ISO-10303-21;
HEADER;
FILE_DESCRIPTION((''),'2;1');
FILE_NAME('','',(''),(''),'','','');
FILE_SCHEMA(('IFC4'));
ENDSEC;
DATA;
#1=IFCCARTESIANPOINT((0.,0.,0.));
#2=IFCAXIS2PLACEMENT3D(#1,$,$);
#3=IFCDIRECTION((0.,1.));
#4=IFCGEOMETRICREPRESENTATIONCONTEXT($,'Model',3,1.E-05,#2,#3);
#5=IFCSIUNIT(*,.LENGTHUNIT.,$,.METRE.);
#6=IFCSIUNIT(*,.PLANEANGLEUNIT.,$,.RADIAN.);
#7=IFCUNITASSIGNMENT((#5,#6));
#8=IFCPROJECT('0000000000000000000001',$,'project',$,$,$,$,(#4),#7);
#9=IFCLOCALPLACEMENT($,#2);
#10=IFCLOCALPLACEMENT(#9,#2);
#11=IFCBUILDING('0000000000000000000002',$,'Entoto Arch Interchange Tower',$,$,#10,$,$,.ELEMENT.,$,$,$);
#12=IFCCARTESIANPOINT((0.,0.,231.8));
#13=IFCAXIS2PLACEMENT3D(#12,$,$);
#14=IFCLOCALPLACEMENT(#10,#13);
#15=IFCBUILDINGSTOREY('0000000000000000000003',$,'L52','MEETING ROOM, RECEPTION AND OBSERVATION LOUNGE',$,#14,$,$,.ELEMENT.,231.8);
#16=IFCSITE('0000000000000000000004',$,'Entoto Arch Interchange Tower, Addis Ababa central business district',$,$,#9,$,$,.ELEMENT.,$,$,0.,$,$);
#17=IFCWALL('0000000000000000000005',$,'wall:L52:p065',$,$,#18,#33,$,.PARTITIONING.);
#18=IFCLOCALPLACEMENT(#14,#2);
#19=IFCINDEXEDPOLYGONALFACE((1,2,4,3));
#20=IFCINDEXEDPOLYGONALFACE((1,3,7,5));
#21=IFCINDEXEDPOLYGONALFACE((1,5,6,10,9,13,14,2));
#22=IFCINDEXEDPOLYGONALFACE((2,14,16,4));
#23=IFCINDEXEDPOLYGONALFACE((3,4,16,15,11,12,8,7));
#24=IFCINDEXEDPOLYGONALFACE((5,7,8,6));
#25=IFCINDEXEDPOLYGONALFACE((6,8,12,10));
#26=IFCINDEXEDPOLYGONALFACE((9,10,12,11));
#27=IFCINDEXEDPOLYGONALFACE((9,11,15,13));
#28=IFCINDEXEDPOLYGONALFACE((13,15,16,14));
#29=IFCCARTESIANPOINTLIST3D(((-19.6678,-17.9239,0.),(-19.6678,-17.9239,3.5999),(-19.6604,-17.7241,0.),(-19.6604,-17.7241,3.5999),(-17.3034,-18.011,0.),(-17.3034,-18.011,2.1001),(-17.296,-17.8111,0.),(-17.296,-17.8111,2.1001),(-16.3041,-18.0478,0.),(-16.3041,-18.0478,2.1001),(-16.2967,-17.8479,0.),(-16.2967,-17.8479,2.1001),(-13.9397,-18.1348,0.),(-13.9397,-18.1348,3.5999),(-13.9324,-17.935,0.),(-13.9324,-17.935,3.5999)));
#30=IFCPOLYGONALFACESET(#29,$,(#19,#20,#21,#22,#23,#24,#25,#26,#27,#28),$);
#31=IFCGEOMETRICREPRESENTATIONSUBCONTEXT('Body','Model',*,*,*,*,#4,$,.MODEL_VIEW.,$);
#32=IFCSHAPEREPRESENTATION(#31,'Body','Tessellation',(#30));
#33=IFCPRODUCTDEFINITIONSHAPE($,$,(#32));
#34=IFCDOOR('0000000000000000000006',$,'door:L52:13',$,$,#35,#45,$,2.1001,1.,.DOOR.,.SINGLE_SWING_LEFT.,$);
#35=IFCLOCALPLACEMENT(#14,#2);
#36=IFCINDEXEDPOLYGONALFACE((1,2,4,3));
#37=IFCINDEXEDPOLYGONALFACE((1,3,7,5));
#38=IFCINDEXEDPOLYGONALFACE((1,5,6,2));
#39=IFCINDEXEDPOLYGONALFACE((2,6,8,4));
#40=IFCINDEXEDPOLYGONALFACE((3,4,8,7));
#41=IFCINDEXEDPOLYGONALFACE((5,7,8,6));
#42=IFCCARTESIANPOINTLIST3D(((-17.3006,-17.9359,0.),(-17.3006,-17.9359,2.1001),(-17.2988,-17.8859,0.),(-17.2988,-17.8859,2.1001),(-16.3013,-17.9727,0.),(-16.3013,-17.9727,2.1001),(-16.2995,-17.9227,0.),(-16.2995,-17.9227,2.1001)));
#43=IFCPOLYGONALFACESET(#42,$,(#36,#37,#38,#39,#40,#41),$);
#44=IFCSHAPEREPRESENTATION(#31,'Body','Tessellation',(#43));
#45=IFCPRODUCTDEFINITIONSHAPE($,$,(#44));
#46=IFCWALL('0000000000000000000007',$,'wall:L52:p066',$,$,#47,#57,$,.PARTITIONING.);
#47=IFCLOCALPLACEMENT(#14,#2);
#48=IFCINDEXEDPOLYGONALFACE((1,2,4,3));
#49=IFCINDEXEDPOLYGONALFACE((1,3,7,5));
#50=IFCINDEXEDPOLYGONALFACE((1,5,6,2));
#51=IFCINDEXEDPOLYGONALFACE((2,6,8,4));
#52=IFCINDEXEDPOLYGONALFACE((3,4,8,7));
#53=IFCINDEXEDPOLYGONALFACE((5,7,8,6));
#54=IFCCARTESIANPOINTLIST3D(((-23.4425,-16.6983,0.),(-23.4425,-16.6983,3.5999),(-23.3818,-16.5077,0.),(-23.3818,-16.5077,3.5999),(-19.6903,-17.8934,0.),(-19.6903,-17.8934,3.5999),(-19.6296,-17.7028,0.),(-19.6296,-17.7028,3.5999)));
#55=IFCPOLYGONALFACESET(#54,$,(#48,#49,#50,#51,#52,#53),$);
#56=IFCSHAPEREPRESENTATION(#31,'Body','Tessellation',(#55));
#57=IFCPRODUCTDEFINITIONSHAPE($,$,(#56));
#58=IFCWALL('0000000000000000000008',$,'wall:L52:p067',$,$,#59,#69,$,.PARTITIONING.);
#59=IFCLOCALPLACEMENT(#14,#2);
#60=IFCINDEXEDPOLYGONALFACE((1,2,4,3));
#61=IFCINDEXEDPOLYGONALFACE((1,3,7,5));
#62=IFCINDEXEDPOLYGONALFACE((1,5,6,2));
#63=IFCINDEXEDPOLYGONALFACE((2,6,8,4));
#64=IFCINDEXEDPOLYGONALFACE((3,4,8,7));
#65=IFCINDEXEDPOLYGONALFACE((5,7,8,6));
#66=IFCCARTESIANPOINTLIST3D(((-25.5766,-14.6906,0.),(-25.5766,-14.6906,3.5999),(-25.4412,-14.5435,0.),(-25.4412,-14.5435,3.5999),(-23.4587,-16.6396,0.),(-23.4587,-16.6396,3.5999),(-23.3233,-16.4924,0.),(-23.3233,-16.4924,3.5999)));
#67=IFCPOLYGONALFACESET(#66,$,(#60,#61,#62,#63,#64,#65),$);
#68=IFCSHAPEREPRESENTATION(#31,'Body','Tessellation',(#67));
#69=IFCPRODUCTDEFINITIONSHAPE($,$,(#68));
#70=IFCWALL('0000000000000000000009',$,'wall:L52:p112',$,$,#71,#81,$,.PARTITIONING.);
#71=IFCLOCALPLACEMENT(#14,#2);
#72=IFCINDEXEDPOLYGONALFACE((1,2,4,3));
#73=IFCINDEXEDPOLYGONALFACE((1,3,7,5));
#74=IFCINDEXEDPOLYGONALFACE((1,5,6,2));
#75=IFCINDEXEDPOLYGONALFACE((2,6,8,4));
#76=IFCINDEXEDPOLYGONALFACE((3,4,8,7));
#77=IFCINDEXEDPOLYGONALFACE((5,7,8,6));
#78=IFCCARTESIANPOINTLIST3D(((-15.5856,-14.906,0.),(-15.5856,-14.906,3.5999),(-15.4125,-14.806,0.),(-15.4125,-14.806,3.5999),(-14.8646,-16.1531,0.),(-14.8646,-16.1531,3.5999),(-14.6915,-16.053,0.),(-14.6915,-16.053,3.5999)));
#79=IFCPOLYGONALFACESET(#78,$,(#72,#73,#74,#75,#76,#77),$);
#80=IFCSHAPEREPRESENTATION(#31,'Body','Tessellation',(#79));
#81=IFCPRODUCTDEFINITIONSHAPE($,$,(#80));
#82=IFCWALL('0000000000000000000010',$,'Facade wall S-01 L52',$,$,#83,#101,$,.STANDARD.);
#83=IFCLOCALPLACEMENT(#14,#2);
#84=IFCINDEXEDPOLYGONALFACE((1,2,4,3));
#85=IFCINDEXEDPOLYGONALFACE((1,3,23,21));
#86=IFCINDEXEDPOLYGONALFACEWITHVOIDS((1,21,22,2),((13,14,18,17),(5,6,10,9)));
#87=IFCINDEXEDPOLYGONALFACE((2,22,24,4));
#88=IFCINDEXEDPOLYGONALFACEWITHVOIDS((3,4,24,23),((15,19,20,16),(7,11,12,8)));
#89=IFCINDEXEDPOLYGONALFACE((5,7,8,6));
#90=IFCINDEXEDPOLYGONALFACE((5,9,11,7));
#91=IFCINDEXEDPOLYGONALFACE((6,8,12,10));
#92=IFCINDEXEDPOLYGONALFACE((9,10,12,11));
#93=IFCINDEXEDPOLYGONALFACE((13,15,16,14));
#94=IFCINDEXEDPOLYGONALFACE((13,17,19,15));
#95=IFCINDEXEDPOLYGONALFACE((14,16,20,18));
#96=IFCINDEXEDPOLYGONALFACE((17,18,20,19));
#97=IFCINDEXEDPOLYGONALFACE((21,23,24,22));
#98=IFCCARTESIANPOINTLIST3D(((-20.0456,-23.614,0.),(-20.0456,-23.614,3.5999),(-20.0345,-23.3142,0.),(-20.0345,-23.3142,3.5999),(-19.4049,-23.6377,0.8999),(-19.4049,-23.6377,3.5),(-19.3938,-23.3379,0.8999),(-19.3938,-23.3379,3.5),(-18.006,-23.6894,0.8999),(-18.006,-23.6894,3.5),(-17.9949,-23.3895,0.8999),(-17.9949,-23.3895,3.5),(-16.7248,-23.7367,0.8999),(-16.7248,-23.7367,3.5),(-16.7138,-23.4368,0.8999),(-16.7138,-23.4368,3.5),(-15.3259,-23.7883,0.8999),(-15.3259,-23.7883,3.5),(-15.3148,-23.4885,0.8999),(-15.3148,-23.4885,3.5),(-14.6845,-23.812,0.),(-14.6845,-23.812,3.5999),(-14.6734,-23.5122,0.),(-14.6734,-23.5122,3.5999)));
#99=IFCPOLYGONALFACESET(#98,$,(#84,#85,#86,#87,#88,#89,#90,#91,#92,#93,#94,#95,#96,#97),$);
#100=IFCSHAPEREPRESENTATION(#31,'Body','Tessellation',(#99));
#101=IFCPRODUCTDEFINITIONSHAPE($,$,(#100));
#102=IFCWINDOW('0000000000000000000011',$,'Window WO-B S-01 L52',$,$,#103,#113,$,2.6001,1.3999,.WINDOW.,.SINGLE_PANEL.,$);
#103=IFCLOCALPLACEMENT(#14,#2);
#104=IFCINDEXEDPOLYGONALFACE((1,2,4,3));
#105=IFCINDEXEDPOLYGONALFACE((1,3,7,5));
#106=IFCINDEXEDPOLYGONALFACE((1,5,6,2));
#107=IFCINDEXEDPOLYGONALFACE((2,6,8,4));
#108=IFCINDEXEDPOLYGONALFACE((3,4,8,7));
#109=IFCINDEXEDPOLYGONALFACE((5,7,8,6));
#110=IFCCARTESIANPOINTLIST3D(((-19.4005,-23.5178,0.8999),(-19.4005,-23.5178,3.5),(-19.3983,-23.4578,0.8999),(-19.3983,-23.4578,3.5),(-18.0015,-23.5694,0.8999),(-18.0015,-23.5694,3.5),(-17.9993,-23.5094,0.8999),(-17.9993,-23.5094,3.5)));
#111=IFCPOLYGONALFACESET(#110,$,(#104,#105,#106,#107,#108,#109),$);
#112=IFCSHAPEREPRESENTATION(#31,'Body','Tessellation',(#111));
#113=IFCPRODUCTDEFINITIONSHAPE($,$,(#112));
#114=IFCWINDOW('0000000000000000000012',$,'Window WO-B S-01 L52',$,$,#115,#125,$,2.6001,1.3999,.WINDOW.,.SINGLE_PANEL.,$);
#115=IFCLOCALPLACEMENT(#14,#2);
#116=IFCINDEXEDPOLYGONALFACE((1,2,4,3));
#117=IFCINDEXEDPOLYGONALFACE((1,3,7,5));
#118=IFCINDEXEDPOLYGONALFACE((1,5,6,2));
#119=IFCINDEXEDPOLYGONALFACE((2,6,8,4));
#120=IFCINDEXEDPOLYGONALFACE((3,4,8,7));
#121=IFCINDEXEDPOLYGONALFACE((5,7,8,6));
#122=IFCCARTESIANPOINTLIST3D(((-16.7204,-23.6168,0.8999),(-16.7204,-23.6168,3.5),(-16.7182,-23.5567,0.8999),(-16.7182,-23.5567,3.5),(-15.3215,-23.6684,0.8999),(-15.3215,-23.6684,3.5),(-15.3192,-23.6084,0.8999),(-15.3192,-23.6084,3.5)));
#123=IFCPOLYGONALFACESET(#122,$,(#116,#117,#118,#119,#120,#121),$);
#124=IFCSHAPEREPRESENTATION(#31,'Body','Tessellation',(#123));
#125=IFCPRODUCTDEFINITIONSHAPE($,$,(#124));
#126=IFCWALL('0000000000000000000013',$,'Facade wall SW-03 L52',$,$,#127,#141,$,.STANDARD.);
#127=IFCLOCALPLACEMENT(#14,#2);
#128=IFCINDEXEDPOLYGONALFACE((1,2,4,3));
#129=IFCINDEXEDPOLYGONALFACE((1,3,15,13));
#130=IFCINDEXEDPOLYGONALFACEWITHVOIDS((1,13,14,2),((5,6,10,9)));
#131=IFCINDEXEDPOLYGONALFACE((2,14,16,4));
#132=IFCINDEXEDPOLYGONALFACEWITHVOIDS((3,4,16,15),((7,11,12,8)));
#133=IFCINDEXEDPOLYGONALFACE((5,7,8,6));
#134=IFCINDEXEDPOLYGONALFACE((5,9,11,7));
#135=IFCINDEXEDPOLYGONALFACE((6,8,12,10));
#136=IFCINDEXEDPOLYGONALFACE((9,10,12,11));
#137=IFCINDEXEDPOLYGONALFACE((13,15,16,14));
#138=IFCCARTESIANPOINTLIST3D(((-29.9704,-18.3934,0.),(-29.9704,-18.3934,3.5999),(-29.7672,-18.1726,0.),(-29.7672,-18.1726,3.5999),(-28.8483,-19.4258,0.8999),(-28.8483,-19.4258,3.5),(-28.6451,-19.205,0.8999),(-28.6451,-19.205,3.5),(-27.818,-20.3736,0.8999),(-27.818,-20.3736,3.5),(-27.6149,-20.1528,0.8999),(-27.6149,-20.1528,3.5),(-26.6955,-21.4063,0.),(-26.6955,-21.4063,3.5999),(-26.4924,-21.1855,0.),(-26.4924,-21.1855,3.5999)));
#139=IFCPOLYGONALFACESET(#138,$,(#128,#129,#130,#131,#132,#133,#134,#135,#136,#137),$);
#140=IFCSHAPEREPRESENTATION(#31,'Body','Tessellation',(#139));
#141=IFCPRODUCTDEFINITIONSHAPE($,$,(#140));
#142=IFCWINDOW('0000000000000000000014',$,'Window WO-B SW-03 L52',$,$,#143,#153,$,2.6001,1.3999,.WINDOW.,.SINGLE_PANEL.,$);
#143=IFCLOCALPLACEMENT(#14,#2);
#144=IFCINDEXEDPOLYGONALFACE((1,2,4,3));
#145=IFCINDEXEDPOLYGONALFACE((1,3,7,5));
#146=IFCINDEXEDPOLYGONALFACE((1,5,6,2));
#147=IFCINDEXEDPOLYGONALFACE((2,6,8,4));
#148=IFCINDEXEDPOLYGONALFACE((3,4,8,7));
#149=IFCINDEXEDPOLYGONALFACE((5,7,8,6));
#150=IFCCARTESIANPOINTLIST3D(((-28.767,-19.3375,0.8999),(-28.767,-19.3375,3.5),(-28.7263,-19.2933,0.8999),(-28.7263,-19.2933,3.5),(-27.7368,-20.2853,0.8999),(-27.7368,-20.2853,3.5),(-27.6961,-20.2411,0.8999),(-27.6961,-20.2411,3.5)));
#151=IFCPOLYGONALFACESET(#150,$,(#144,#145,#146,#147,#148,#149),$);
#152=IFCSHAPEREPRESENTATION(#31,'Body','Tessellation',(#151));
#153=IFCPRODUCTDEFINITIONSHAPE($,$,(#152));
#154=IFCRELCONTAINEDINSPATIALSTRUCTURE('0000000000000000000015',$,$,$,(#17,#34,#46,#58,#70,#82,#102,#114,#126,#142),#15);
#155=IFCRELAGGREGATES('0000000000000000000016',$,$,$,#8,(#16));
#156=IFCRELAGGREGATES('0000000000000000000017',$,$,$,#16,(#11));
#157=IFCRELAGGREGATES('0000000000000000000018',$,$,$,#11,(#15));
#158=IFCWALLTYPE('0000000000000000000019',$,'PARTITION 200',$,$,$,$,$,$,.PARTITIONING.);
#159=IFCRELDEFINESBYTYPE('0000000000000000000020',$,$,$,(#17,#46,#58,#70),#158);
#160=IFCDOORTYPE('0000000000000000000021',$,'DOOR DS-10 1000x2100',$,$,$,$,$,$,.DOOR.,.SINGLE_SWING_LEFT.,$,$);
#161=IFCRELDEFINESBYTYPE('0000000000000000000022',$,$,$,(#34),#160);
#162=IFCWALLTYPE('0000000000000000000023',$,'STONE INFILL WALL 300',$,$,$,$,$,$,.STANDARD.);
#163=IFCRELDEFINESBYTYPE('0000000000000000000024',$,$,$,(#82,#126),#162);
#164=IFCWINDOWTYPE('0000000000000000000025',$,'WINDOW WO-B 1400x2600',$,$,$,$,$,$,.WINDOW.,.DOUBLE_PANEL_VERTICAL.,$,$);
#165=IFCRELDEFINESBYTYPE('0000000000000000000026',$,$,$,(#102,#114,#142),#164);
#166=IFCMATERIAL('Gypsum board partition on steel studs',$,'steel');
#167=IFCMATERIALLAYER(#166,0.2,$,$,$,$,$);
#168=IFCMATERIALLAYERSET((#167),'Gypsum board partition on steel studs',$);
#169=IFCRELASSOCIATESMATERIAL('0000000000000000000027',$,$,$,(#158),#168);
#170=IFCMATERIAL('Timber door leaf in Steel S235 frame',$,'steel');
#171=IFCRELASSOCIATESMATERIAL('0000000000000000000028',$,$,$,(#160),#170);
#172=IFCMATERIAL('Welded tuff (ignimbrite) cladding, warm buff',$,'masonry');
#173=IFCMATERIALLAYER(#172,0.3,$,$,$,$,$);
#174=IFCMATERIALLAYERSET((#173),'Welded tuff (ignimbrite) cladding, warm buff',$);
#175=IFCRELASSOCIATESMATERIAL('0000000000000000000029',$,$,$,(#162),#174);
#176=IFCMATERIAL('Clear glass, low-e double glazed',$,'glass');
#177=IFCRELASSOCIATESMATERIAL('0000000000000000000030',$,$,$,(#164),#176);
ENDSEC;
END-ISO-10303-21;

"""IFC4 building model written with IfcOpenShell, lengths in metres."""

from ifc_helpers import new_model, si_unit, direction, frame, frame_2d, origin, place, context, subcontext, project, spatial, rectangle, extrude, material, layer, layer_set, type_object, element, fill, save


model = new_model("IFC4")

# Units and contexts
model_context = context("Model", 3, precision=1e-05, world=origin(), true_north=direction((0.0, 1.0)))
body_context = subcontext(model_context, "Body", "Model", "MODEL_VIEW")
ifc_project = project(units=[si_unit("LENGTHUNIT", "METRE"), si_unit("PLANEANGLEUNIT", "RADIAN")], contexts=[model_context])

# Site, building, storey
site_placement = place(None, origin())
site = spatial("IfcSite", under=ifc_project, at=site_placement, Name="Entoto Arch Interchange Tower, Addis Ababa central business district", CompositionType="ELEMENT", RefElevation=0.0)
building_placement = place(site_placement, origin())
building = spatial("IfcBuilding", under=site, at=building_placement, Name="Entoto Arch Interchange Tower", CompositionType="ELEMENT")
storey_placement = place(building_placement, frame((0.0, 0.0, 231.8)))
storey = spatial("IfcBuildingStorey", under=building, at=storey_placement, Name="L52", Description="MEETING ROOM, RECEPTION AND OBSERVATION LOUNGE", CompositionType="ELEMENT", Elevation=231.8)

# Shared definitions
ifc_material_1 = material(Name="Gypsum board partition on steel studs", Category="steel")
ifc_layer_1 = layer(ifc_material_1, 0.2)
ifc_layer_set_1 = layer_set([ifc_layer_1], Name="Gypsum board partition on steel studs")
wall_type_1 = type_object("IfcWallType", Name="PARTITION 200", PredefinedType="PARTITIONING", material=ifc_layer_set_1)

# Wall, opening, door
ifc_material_2 = material(Name="Timber door leaf in Steel S235 frame", Category="steel")
door_type = type_object("IfcDoorType", Name="DOOR DS-10 1000x2100", OperationType="SINGLE_SWING_LEFT", PredefinedType="DOOR", material=ifc_material_2)
wall_1_placement = place(storey_placement, frame((-13.936, -18.0349, 0.0), z_axis=(0.0, 0.0, 1.0), x_axis=(-0.999323, 0.036801, 0.0)))
wall_1 = element("IfcWall", 1, at=wall_1_placement, inside=storey, type_object=wall_type_1, Name="wall:L52:p065", PredefinedType="PARTITIONING", context=body_context, shape_type="SweptSolid", body=[
    extrude(rectangle(XDim=5.7319, YDim=0.2, at=frame_2d((2.866, 0.0))), origin(), (0.0, 0.0, 1.0), 3.5999),
])
opening_1_placement = place(wall_1_placement, frame((2.366, 0.0, 0.0)))
opening_1 = element("IfcOpeningElement", 2, at=opening_1_placement, cuts=wall_1, PredefinedType="OPENING", context=body_context, shape_type="SweptSolid", body=[
    extrude(rectangle(XDim=1.0, YDim=2.1001, at=frame_2d((0.5, 1.05))), frame((0.0, 0.1099, 0.0), z_axis=(0.0, -1.0, 0.0), x_axis=(1.0, 0.0, 0.0)), (0.0, 0.0, 1.0), 0.22),
])
door_1_placement = place(opening_1_placement, origin())
door_1 = element("IfcDoor", 3, at=door_1_placement, inside=storey, type_object=door_type, Name="door:L52:13", OperationType="SINGLE_SWING_LEFT", OverallHeight=2.1001, OverallWidth=1.0, PredefinedType="DOOR", context=body_context, shape_type="SweptSolid", body=[
    extrude(rectangle(XDim=1.0, YDim=2.1001, at=frame_2d((0.5, 1.05))), frame((0.0, 0.0249, 0.0), z_axis=(0.0, -1.0, 0.0), x_axis=(1.0, 0.0, 0.0)), (0.0, 0.0, 1.0), 0.05),
])
fill(opening_1, door_1)

# Walls
wall_2_placement = place(storey_placement, frame((-19.6599, -17.7981, 0.0), z_axis=(0.0, 0.0, 1.0), x_axis=(-0.952839, 0.303477, 0.0)))
element("IfcWall", 4, at=wall_2_placement, inside=storey, type_object=wall_type_1, Name="wall:L52:p066", PredefinedType="PARTITIONING", context=body_context, shape_type="SweptSolid", body=[
    extrude(rectangle(XDim=3.938, YDim=0.2, at=frame_2d((1.969, 0.0))), origin(), (0.0, 0.0, 1.0), 3.5999),
])
wall_3_placement = place(storey_placement, frame((-23.3911, -16.5659, 0.0), z_axis=(0.0, 0.0, 1.0), x_axis=(-0.735846, 0.677148, 0.0)))
element("IfcWall", 5, at=wall_3_placement, inside=storey, type_object=wall_type_1, Name="wall:L52:p067", PredefinedType="PARTITIONING", context=body_context, shape_type="SweptSolid", body=[
    extrude(rectangle(XDim=2.8782, YDim=0.2, at=frame_2d((1.439, 0.0))), origin(), (0.0, 0.0, 1.0), 3.5999),
])
wall_4_placement = place(storey_placement, frame((-14.7781, -16.103, 0.0), z_axis=(0.0, 0.0, 1.0), x_axis=(-0.500495, 0.865739, 0.0)))
element("IfcWall", 6, at=wall_4_placement, inside=storey, type_object=wall_type_1, Name="wall:L52:p112", PredefinedType="PARTITIONING", context=body_context, shape_type="SweptSolid", body=[
    extrude(rectangle(XDim=1.4404, YDim=0.2, at=frame_2d((0.7202, 0.0))), origin(), (0.0, 0.0, 1.0), 3.5999),
])

# Wall, openings, windows
ifc_material_3 = material(Name="Welded tuff (ignimbrite) cladding, warm buff", Category="masonry")
ifc_layer_2 = layer(ifc_material_3, 0.3)
ifc_layer_set_2 = layer_set([ifc_layer_2], Name="Welded tuff (ignimbrite) cladding, warm buff")
wall_type_2 = type_object("IfcWallType", Name="STONE INFILL WALL 300", PredefinedType="STANDARD", material=ifc_layer_set_2)
wall_5_placement = place(storey_placement, frame((-20.04, -23.4641, 0.0), z_axis=(0.0, 0.0, 1.0), x_axis=(0.999319, -0.036907, 0.0)))
wall_5 = element("IfcWall", 7, at=wall_5_placement, inside=storey, type_object=wall_type_2, Name="Facade wall S-01 L52", PredefinedType="STANDARD", context=body_context, shape_type="SweptSolid", body=[
    extrude(rectangle(XDim=5.3647, YDim=0.3, at=frame_2d((2.6824, 0.0))), origin(), (0.0, 0.0, 1.0), 3.5999),
])
opening_2_placement = place(wall_5_placement, frame((0.6411, 0.0, 0.8999)))
opening_2 = element("IfcOpeningElement", 8, at=opening_2_placement, cuts=wall_5, PredefinedType="OPENING", context=body_context, shape_type="SweptSolid", body=[
    extrude(rectangle(XDim=1.3999, YDim=2.6001, at=frame_2d((0.7, 1.3))), frame((0.0, 0.1602, 0.0), z_axis=(0.0, -1.0, 0.0), x_axis=(1.0, 0.0, 0.0)), (0.0, 0.0, 1.0), 0.3201),
])
opening_3_placement = place(wall_5_placement, frame((3.323, 0.0, 0.8999)))
opening_3 = element("IfcOpeningElement", 9, at=opening_3_placement, cuts=wall_5, PredefinedType="OPENING", context=body_context, shape_type="SweptSolid", body=[
    extrude(rectangle(XDim=1.3999, YDim=2.6001, at=frame_2d((0.7, 1.3))), frame((0.0, 0.1602, 0.0), z_axis=(0.0, -1.0, 0.0), x_axis=(1.0, 0.0, 0.0)), (0.0, 0.0, 1.0), 0.3201),
])
ifc_material_4 = material(Name="Clear glass, low-e double glazed", Category="glass")
window_type = type_object("IfcWindowType", Name="WINDOW WO-B 1400x2600", PartitioningType="DOUBLE_PANEL_VERTICAL", PredefinedType="WINDOW", material=ifc_material_4)
window_1_placement = place(opening_2_placement, origin())
window_1 = element("IfcWindow", 10, at=window_1_placement, inside=storey, type_object=window_type, Name="Window WO-B S-01 L52", OverallHeight=2.6001, OverallWidth=1.3999, PartitioningType="SINGLE_PANEL", PredefinedType="WINDOW", context=body_context, shape_type="SweptSolid", body=[
    extrude(rectangle(XDim=1.3999, YDim=2.6001, at=frame_2d((0.7, 1.3))), frame((0.0, 0.03, 0.0), z_axis=(0.0, -1.0, 0.0), x_axis=(1.0, 0.0, 0.0)), (0.0, 0.0, 1.0), 0.0601),
])
fill(opening_2, window_1)
window_2_placement = place(opening_3_placement, origin())
window_2 = element("IfcWindow", 11, at=window_2_placement, inside=storey, type_object=window_type, Name="Window WO-B S-01 L52", OverallHeight=2.6001, OverallWidth=1.3999, PartitioningType="SINGLE_PANEL", PredefinedType="WINDOW", context=body_context, shape_type="SweptSolid", body=[
    extrude(rectangle(XDim=1.3999, YDim=2.6001, at=frame_2d((0.7, 1.3))), frame((0.0, 0.03, 0.0), z_axis=(0.0, -1.0, 0.0), x_axis=(1.0, 0.0, 0.0)), (0.0, 0.0, 1.0), 0.0601),
])
fill(opening_3, window_2)

# Wall, opening, window
wall_6_placement = place(storey_placement, frame((-29.8689, -18.283, 0.0), z_axis=(0.0, 0.0, 1.0), x_axis=(0.735928, -0.67706, 0.0)))
wall_6 = element("IfcWall", 12, at=wall_6_placement, inside=storey, type_object=wall_type_2, Name="Facade wall SW-03 L52", PredefinedType="STANDARD", context=body_context, shape_type="SweptSolid", body=[
    extrude(rectangle(XDim=4.45, YDim=0.3, at=frame_2d((2.2251, 0.0))), origin(), (0.0, 0.0, 1.0), 3.5999),
])
opening_4_placement = place(wall_6_placement, frame((1.5249, 0.0, 0.8999)))
opening_4 = element("IfcOpeningElement", 13, at=opening_4_placement, cuts=wall_6, PredefinedType="OPENING", context=body_context, shape_type="SweptSolid", body=[
    extrude(rectangle(XDim=1.3999, YDim=2.6001, at=frame_2d((0.7, 1.3))), frame((0.0, 0.1602, 0.0), z_axis=(0.0, -1.0, 0.0), x_axis=(1.0, 0.0, 0.0)), (0.0, 0.0, 1.0), 0.3201),
])
window_3_placement = place(opening_4_placement, origin())
window_3 = element("IfcWindow", 14, at=window_3_placement, inside=storey, type_object=window_type, Name="Window WO-B SW-03 L52", OverallHeight=2.6001, OverallWidth=1.3999, PartitioningType="SINGLE_PANEL", PredefinedType="WINDOW", context=body_context, shape_type="SweptSolid", body=[
    extrude(rectangle(XDim=1.3999, YDim=2.6001, at=frame_2d((0.7, 1.3))), frame((0.0, 0.03, 0.0), z_axis=(0.0, -1.0, 0.0), x_axis=(1.0, 0.0, 0.0)), (0.0, 0.0, 1.0), 0.0601),
])
fill(opening_4, window_3)

save(model, "model.ifc")
